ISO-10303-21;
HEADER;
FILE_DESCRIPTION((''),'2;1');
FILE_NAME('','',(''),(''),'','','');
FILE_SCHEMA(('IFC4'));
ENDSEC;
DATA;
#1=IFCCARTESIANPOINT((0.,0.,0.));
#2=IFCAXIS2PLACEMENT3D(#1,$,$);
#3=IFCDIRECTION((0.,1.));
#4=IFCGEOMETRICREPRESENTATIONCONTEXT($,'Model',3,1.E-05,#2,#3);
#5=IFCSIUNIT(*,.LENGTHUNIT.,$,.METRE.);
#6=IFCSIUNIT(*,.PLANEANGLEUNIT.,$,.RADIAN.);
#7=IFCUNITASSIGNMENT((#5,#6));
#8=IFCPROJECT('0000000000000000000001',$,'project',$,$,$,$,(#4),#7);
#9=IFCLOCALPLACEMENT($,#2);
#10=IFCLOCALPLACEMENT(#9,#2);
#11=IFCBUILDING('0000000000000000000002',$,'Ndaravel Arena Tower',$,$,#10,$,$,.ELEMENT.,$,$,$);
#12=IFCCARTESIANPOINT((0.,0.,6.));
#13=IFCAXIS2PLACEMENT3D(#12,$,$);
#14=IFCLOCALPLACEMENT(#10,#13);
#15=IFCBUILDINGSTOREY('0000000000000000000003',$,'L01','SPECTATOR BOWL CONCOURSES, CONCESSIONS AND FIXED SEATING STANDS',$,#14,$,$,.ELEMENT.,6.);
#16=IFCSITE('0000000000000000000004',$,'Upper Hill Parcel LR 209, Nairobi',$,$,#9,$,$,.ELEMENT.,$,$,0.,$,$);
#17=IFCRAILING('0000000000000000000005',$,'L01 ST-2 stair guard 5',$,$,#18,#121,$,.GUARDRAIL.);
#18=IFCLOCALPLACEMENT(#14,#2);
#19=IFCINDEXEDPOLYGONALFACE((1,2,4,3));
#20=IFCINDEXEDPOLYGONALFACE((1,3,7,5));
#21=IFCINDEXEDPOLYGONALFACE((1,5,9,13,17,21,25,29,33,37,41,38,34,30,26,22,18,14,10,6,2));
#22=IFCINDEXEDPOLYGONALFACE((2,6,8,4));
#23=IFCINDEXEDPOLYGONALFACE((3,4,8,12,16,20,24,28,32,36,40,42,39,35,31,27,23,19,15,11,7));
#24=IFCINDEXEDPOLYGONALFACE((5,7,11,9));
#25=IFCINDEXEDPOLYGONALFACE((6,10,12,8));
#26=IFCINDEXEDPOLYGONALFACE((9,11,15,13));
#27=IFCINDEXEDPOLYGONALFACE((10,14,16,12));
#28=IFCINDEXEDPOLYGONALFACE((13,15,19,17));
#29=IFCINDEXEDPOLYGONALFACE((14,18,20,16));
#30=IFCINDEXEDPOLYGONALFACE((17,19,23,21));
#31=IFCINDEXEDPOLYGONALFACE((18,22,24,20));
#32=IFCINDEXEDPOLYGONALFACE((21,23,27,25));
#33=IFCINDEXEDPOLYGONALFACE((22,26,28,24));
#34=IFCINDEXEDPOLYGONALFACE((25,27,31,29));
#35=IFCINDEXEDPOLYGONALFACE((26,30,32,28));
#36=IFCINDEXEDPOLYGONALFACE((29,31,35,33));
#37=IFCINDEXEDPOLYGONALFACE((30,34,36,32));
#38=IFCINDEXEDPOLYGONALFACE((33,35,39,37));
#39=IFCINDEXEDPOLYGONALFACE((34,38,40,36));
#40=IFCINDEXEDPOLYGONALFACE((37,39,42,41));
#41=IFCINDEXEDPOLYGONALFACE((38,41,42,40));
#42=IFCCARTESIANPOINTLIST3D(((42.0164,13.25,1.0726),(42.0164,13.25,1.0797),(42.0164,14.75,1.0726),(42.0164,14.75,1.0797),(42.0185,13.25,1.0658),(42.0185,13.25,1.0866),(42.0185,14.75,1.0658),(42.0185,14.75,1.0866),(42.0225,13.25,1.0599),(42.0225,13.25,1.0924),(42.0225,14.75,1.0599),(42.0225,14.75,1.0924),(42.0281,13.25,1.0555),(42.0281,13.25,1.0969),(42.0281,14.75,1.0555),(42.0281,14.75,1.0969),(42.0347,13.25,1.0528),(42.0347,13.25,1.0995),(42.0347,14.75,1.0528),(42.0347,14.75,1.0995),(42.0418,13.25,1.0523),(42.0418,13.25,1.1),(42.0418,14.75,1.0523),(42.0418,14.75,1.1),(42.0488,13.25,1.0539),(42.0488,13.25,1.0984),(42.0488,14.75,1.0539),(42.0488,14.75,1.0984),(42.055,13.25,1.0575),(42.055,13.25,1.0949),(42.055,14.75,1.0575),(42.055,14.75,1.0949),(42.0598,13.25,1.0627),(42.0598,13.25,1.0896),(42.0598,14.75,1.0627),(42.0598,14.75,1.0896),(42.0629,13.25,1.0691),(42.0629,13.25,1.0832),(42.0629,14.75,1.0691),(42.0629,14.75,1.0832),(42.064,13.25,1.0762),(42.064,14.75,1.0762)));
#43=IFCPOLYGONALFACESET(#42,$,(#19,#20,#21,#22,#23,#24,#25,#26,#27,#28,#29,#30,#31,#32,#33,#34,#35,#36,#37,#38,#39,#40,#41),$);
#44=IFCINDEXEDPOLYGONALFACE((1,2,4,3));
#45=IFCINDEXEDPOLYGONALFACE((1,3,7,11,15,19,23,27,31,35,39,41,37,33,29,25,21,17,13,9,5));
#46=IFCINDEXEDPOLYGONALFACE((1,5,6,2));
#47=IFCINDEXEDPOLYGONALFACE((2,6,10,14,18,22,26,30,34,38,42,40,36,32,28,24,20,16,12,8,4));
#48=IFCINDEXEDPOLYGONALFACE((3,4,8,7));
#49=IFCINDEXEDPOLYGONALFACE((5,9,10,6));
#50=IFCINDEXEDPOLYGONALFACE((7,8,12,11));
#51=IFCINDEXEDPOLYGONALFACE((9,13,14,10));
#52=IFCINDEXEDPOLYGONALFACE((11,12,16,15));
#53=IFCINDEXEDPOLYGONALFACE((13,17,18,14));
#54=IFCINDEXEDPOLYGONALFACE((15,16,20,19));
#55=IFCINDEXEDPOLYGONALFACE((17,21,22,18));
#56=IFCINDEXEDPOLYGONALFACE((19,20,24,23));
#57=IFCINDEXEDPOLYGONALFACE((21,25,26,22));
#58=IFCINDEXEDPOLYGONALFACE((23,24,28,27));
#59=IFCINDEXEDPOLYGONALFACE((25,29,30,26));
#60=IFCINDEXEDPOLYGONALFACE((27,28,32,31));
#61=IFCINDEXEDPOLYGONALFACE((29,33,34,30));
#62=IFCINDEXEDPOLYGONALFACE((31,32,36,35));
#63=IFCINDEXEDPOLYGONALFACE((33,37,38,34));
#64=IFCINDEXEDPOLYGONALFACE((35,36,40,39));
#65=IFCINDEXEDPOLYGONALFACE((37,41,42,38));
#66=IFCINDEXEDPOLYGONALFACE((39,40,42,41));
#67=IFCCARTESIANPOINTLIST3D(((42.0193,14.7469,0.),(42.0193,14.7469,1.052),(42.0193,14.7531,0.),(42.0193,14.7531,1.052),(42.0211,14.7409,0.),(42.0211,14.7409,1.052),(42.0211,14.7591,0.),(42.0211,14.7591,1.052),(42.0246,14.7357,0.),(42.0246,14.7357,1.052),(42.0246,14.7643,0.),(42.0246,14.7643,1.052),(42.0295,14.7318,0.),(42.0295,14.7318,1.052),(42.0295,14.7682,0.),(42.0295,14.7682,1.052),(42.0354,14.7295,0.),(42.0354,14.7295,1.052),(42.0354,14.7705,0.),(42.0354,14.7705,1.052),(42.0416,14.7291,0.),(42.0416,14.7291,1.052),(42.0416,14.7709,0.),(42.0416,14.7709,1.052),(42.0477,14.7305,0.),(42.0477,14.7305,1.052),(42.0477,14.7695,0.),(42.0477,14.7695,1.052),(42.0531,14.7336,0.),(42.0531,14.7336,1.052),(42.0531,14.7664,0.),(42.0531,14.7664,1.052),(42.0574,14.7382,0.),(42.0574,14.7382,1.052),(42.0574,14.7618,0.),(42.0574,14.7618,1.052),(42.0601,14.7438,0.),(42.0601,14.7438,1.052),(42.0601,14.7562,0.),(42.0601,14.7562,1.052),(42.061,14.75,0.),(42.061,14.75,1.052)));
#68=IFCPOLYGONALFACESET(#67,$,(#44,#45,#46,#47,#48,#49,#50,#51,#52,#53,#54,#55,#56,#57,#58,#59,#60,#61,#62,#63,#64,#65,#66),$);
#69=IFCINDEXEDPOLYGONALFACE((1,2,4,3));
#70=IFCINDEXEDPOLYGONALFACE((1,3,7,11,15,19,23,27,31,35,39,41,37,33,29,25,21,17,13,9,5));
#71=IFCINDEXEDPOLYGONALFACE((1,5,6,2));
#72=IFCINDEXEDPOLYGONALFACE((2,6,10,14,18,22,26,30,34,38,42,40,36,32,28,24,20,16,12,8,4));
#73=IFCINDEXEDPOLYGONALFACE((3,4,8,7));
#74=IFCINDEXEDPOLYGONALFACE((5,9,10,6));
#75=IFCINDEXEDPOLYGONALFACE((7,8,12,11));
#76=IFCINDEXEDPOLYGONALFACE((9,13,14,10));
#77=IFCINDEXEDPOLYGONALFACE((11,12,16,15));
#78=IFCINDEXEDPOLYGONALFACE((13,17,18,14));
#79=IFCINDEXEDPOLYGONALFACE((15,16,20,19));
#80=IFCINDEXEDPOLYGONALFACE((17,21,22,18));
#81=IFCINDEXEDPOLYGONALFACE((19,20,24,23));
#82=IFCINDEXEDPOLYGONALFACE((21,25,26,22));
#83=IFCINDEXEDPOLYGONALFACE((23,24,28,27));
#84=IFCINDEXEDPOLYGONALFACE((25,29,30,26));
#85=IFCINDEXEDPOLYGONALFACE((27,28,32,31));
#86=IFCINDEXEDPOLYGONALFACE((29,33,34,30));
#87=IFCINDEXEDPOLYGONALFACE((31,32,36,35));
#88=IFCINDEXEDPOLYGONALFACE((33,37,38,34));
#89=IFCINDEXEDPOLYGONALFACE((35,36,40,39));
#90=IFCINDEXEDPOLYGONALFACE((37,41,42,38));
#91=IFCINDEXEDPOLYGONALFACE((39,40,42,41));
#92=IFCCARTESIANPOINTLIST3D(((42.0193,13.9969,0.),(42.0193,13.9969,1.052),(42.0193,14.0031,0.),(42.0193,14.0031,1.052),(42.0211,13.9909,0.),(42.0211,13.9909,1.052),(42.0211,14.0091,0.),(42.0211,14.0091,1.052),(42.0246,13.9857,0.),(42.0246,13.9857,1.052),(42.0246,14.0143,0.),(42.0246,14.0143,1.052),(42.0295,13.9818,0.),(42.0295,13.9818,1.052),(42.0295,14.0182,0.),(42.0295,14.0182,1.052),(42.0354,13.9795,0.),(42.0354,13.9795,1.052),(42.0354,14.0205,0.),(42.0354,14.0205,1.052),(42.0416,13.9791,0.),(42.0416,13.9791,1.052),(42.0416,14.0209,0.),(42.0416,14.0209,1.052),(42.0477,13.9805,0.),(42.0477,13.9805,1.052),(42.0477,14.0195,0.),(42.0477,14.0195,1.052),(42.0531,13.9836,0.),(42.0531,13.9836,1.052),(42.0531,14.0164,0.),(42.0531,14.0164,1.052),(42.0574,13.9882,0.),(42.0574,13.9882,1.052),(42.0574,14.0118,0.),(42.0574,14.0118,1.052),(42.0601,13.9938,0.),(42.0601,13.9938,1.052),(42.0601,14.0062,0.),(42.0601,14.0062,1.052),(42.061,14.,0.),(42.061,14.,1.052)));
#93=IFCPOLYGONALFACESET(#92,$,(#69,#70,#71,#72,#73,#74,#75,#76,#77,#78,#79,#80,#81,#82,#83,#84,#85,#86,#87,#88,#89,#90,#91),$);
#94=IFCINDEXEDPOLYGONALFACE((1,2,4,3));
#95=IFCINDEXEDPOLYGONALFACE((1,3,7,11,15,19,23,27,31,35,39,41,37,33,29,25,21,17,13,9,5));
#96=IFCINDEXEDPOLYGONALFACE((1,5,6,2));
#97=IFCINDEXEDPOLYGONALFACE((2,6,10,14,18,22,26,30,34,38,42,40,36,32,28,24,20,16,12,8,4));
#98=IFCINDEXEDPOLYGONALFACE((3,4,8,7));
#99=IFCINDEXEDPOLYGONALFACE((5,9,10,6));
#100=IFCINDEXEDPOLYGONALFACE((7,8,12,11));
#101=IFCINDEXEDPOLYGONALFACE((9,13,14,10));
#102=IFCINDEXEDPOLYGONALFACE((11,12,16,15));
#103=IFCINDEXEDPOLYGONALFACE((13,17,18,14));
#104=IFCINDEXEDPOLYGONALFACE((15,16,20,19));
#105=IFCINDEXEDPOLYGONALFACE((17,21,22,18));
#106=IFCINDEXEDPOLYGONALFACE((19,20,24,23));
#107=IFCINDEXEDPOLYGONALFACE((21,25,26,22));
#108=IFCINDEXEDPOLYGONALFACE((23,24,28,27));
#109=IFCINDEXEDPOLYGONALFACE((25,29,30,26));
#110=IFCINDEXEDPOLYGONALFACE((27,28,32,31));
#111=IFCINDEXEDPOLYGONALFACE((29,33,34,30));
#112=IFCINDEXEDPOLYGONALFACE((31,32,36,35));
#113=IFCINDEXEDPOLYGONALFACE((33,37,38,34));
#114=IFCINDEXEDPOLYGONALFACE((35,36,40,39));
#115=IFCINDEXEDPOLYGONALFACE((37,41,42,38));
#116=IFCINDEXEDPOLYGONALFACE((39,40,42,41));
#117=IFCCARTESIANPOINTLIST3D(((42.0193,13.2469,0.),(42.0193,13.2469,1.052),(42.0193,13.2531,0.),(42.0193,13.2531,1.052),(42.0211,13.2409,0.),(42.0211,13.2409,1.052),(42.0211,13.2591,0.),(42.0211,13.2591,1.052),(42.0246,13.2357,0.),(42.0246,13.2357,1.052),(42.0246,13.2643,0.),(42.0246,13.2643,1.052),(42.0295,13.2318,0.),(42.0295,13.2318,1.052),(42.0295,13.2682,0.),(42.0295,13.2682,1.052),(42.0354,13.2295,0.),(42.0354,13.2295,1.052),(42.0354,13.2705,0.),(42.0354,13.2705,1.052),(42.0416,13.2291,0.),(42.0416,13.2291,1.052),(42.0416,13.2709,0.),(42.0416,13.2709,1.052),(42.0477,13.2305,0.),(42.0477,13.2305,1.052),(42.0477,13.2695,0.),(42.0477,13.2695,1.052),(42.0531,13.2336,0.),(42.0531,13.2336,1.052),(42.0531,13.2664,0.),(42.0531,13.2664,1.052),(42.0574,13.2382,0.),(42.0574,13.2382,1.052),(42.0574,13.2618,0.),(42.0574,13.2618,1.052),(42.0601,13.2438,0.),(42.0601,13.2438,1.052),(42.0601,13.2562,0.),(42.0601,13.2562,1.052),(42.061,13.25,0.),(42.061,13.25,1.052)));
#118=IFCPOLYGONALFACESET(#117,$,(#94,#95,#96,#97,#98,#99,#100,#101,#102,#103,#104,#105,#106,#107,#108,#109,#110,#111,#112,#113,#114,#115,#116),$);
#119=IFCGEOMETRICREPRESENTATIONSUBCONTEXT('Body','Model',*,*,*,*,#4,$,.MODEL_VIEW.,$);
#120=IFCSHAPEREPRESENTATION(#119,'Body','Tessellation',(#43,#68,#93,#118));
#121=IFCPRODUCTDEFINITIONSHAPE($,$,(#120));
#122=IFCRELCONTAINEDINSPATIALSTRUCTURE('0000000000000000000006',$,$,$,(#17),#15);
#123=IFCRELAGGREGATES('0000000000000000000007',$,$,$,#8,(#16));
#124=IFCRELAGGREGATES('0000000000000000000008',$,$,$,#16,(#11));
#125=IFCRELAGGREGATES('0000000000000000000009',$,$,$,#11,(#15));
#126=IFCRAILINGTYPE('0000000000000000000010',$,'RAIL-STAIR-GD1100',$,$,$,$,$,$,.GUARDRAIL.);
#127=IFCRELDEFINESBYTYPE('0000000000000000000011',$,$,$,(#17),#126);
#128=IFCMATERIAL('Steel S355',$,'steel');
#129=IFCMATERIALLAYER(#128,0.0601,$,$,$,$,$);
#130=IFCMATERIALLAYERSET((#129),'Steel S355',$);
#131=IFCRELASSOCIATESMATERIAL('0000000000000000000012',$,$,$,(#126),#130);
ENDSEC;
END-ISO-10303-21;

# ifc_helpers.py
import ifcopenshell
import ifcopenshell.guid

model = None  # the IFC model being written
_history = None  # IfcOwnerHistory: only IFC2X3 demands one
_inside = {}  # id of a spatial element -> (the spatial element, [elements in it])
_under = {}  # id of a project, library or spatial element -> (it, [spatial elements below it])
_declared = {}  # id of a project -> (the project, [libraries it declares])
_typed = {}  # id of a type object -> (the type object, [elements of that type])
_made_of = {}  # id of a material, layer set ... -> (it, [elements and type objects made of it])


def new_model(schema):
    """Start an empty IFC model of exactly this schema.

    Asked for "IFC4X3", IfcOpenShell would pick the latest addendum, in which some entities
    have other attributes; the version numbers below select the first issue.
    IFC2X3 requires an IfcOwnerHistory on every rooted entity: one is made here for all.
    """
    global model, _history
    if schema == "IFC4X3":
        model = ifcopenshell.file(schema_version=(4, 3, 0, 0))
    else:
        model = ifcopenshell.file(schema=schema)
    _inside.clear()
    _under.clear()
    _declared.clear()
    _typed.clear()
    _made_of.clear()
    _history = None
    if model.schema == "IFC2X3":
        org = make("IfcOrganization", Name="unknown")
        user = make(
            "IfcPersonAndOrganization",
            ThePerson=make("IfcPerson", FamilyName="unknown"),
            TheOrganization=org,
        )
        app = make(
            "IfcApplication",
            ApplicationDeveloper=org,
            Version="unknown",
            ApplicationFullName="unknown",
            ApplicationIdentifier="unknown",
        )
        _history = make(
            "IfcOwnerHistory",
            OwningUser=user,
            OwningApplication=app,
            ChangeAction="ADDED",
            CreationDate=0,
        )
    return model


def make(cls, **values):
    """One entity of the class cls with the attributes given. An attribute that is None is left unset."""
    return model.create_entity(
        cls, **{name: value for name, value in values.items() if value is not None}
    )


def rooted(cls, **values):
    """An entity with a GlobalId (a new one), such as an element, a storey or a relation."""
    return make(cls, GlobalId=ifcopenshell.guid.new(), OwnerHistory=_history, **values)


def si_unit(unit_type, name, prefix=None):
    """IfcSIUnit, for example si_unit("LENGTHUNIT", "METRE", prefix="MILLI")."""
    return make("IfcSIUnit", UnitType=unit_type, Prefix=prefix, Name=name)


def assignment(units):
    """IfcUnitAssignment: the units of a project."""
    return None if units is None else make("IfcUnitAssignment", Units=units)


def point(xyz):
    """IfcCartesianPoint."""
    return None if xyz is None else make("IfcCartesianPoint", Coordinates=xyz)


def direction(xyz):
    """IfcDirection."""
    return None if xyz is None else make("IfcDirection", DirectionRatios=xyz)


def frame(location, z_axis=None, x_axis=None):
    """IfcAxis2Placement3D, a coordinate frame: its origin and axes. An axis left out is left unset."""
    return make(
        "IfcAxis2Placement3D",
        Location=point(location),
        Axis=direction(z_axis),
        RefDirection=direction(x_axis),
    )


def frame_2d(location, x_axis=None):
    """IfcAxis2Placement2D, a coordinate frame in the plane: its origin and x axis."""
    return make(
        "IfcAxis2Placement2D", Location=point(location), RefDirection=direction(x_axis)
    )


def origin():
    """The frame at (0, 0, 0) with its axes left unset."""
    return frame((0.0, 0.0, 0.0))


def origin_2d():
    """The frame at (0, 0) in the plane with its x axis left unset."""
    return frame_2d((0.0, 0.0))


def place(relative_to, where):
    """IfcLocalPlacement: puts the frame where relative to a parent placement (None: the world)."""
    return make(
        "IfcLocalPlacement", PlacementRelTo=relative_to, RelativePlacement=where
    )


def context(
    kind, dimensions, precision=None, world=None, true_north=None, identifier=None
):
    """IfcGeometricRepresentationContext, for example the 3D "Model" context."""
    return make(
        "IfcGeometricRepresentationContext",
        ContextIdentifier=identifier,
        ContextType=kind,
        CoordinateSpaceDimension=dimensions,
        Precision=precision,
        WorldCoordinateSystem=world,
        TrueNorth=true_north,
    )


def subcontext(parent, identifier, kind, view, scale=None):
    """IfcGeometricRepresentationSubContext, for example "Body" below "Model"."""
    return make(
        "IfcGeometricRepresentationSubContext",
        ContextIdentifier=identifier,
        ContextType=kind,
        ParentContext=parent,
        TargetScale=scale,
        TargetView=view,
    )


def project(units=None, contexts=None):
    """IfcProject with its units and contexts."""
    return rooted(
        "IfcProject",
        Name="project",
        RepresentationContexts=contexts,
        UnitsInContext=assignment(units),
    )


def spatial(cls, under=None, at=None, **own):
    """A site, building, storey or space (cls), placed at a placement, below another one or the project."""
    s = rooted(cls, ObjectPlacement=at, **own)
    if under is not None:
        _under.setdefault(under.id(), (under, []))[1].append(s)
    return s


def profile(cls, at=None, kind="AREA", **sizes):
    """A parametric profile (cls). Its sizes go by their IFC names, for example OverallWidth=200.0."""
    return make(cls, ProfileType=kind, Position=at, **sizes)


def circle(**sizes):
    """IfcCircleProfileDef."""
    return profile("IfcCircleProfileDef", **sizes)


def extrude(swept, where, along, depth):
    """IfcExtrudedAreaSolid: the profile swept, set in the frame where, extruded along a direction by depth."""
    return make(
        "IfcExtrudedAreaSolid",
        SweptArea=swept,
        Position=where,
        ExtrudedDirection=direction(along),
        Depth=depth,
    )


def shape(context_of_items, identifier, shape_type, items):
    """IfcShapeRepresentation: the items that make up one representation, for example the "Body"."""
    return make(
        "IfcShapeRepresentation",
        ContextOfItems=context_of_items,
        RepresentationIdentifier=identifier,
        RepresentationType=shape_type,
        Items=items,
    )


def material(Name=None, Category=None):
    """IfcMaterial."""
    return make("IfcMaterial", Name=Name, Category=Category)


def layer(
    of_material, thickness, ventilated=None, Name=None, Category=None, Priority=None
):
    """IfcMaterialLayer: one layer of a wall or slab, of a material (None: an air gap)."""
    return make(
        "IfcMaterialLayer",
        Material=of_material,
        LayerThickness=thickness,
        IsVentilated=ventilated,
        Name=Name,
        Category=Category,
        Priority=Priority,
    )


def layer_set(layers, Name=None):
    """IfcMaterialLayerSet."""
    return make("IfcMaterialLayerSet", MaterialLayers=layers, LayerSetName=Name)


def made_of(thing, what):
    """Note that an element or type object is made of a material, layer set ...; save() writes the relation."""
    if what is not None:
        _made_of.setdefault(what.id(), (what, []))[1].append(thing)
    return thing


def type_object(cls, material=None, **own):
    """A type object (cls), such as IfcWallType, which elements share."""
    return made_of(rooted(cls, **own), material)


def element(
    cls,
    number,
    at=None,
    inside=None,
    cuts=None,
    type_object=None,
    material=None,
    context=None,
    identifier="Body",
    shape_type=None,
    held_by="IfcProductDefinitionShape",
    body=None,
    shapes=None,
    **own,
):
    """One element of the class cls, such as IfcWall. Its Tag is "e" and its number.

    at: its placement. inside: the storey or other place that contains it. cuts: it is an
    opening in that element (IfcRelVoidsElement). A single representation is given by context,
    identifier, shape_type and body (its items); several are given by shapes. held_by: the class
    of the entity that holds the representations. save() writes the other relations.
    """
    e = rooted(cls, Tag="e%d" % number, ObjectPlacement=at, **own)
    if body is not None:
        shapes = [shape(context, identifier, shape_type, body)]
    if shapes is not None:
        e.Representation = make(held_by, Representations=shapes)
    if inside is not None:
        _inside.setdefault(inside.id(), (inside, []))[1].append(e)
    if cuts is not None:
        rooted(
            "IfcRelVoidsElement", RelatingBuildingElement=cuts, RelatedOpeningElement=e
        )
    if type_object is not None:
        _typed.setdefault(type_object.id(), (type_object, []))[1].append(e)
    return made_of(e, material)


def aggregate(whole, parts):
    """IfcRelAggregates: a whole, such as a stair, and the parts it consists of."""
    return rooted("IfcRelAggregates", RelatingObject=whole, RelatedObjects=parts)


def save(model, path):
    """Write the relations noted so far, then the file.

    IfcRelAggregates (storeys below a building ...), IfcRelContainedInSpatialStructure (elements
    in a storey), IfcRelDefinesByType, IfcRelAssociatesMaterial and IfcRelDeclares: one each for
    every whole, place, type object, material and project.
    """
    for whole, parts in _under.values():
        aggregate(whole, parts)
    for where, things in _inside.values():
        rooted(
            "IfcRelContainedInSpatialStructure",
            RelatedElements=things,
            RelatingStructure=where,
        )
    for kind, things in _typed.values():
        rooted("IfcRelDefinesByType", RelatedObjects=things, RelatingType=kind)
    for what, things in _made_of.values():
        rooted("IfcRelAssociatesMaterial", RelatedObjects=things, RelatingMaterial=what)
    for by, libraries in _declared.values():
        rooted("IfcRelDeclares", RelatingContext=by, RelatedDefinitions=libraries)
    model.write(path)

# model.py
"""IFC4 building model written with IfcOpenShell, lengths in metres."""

from ifc_helpers import new_model, si_unit, direction, frame, origin, origin_2d, place, context, subcontext, project, spatial, circle, extrude, material, layer, layer_set, type_object, element, save


model = new_model("IFC4")

# Units and contexts
model_context = context("Model", 3, precision=1e-05, world=origin(), true_north=direction((0.0, 1.0)))
body_context = subcontext(model_context, "Body", "Model", "MODEL_VIEW")
ifc_project = project(units=[si_unit("LENGTHUNIT", "METRE"), si_unit("PLANEANGLEUNIT", "RADIAN")], contexts=[model_context])

# Site, building, storey
site_placement = place(None, origin())
site = spatial("IfcSite", under=ifc_project, at=site_placement, Name="Upper Hill Parcel LR 209, Nairobi", CompositionType="ELEMENT", RefElevation=0.0)
building_placement = place(site_placement, origin())
building = spatial("IfcBuilding", under=site, at=building_placement, Name="Ndaravel Arena Tower", CompositionType="ELEMENT")
storey_placement = place(building_placement, frame((0.0, 0.0, 6.0)))
storey = spatial("IfcBuildingStorey", under=building, at=storey_placement, Name="L01", Description="SPECTATOR BOWL CONCOURSES, CONCESSIONS AND FIXED SEATING STANDS", CompositionType="ELEMENT", Elevation=6.0)

# Railing
ifc_material_1 = material(Name="Steel S355", Category="steel")
ifc_layer_1 = layer(ifc_material_1, 0.0601)
ifc_layer_set_1 = layer_set([ifc_layer_1], Name="Steel S355")
railing_type_1 = type_object("IfcRailingType", Name="RAIL-STAIR-GD1100", PredefinedType="GUARDRAIL", material=ifc_layer_set_1)
railing_1_placement = place(storey_placement, frame((42.04, 14.75, 0.0)))
element("IfcRailing", 1, at=railing_1_placement, inside=storey, type_object=railing_type_1, Name="L01 ST-2 stair guard 5", PredefinedType="GUARDRAIL", context=body_context, shape_type="SweptSolid", body=[
    extrude(circle(Radius=0.0239, at=origin_2d()), frame((0.0, 0.0, 1.0762), z_axis=(0.0, -1.0, 0.0), x_axis=(1.0, 0.0, 0.0)), (0.0, 0.0, 1.0), 1.5),
    extrude(circle(Radius=0.021, at=origin_2d()), origin(), (0.0, 0.0, 1.0), 1.052),
    extrude(circle(Radius=0.021, at=origin_2d()), frame((0.0, -0.75, 0.0)), (0.0, 0.0, 1.0), 1.052),
    extrude(circle(Radius=0.021, at=origin_2d()), frame((0.0, -1.5, 0.0)), (0.0, 0.0, 1.0), 1.052),
])

save(model, "model.ifc")
